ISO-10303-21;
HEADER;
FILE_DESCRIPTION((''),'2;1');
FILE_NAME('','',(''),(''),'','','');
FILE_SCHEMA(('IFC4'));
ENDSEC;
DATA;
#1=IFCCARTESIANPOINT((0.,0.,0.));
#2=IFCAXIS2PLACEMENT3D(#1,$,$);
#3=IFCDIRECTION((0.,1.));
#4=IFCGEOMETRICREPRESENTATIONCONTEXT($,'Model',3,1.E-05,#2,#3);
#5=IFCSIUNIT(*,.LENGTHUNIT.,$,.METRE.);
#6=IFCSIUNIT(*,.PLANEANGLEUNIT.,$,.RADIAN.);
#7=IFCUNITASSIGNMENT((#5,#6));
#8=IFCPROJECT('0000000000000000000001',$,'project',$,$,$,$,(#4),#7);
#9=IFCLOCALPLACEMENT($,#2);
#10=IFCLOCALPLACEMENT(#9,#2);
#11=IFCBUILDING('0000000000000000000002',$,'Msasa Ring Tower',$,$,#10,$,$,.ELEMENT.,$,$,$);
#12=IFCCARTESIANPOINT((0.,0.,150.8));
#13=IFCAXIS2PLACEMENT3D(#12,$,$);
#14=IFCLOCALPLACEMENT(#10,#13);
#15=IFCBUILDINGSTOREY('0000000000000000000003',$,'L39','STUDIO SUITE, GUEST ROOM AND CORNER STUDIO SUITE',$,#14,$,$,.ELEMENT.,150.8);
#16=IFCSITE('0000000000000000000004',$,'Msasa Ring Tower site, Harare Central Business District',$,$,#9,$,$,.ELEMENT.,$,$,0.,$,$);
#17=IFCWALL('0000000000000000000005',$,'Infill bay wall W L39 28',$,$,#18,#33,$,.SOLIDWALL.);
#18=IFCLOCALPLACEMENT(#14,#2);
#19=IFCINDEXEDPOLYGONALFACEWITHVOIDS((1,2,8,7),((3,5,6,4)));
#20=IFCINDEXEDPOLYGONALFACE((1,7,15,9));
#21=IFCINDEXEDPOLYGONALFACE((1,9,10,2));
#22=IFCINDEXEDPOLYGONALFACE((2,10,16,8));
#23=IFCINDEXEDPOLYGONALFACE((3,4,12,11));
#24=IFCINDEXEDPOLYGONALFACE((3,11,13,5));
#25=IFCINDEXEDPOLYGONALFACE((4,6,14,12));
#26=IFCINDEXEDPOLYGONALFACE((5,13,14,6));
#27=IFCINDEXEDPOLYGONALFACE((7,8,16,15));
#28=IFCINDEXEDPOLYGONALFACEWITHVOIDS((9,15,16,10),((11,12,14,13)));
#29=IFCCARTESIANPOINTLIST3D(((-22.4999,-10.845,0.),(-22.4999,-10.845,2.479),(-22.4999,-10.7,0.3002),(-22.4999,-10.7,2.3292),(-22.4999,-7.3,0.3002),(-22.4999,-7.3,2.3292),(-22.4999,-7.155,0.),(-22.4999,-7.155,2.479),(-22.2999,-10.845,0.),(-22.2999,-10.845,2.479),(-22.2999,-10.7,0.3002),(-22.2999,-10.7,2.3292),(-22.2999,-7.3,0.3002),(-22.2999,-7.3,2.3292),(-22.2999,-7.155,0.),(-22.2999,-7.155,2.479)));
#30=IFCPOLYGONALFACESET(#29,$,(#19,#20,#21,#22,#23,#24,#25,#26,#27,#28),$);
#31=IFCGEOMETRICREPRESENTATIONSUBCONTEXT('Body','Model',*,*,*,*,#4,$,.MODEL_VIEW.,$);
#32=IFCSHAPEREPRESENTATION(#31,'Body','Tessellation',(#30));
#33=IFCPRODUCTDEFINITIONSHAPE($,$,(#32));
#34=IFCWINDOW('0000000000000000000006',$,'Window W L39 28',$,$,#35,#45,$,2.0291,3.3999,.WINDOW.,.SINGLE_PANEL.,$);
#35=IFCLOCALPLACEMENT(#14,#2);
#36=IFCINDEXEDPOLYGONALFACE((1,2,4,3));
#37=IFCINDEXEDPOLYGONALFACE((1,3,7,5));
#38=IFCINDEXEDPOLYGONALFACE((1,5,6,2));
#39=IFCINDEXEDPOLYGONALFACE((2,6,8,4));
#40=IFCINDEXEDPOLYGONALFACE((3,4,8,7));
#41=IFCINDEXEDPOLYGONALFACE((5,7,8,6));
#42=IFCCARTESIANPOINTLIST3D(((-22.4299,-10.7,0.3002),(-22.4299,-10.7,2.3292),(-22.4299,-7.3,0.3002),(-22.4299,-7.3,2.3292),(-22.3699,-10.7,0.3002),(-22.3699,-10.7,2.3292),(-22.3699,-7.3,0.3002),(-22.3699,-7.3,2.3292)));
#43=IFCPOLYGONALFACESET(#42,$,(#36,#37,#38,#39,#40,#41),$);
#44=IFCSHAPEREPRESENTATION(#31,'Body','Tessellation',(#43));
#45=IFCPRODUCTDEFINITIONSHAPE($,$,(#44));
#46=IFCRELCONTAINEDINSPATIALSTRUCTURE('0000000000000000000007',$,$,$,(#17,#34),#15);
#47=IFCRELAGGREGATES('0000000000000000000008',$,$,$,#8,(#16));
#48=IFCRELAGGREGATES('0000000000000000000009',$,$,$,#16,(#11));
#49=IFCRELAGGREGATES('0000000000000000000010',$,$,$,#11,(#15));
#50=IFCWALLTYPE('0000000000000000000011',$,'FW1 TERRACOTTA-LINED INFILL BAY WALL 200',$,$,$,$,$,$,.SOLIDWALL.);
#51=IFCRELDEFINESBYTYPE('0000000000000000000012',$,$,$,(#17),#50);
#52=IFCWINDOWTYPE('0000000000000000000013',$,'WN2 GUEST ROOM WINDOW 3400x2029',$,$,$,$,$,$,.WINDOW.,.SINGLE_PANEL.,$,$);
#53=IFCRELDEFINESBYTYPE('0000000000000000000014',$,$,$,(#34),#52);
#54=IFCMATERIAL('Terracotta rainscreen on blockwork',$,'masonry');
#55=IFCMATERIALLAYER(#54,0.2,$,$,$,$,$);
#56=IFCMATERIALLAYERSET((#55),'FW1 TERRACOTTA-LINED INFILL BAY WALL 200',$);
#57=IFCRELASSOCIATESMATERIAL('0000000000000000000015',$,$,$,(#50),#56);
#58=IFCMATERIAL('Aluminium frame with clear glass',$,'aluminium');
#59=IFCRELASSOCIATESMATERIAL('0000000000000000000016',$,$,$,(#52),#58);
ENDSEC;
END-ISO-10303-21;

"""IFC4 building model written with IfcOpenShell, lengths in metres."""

from ifc_helpers import new_model, si_unit, direction, frame, frame_2d, origin, place, context, subcontext, project, spatial, rectangle, extrude, material, layer, layer_set, type_object, element, fill, save


model = new_model("IFC4")

# Units and contexts
model_context = context("Model", 3, precision=1e-05, world=origin(), true_north=direction((0.0, 1.0)))
body_context = subcontext(model_context, "Body", "Model", "MODEL_VIEW")
ifc_project = project(units=[si_unit("LENGTHUNIT", "METRE"), si_unit("PLANEANGLEUNIT", "RADIAN")], contexts=[model_context])

# Site, building, storey
site_placement = place(None, origin())
site = spatial("IfcSite", under=ifc_project, at=site_placement, Name="Msasa Ring Tower site, Harare Central Business District", CompositionType="ELEMENT", RefElevation=0.0)
building_placement = place(site_placement, origin())
building = spatial("IfcBuilding", under=site, at=building_placement, Name="Msasa Ring Tower", CompositionType="ELEMENT")
storey_placement = place(building_placement, frame((0.0, 0.0, 150.8)))
storey = spatial("IfcBuildingStorey", under=building, at=storey_placement, Name="L39", Description="STUDIO SUITE, GUEST ROOM AND CORNER STUDIO SUITE", CompositionType="ELEMENT", Elevation=150.8)

# Wall, opening, window
ifc_material_1 = material(Name="Terracotta rainscreen on blockwork", Category="masonry")
ifc_layer_1 = layer(ifc_material_1, 0.2)
ifc_layer_set_1 = layer_set([ifc_layer_1], Name="FW1 TERRACOTTA-LINED INFILL BAY WALL 200")
wall_type_1 = type_object("IfcWallType", Name="FW1 TERRACOTTA-LINED INFILL BAY WALL 200", PredefinedType="SOLIDWALL", material=ifc_layer_set_1)
ifc_material_2 = material(Name="Aluminium frame with clear glass", Category="aluminium")
window_type = type_object("IfcWindowType", Name="WN2 GUEST ROOM WINDOW 3400x2029", PartitioningType="SINGLE_PANEL", PredefinedType="WINDOW", material=ifc_material_2)
wall_1_placement = place(storey_placement, frame((-22.3999, -10.845, 0.0), z_axis=(0.0, 0.0, 1.0), x_axis=(0.0, 1.0, 0.0)))
wall_1 = element("IfcWall", 1, at=wall_1_placement, inside=storey, type_object=wall_type_1, Name="Infill bay wall W L39 28", PredefinedType="SOLIDWALL", context=body_context, shape_type="SweptSolid", body=[
    extrude(rectangle(XDim=3.6899, YDim=0.2, at=frame_2d((1.845, 0.0))), origin(), (0.0, 0.0, 1.0), 2.479),
])
opening_1_placement = place(wall_1_placement, frame((0.145, 0.0, 0.3)))
opening_1 = element("IfcOpeningElement", 2, at=opening_1_placement, cuts=wall_1, PredefinedType="OPENING", context=body_context, shape_type="SweptSolid", body=[
    extrude(rectangle(XDim=3.3999, YDim=2.0291, at=frame_2d((1.7, 1.0146))), frame((0.0, 0.1099, 0.0), z_axis=(0.0, -1.0, 0.0), x_axis=(1.0, 0.0, 0.0)), (0.0, 0.0, 1.0), 0.22),
])
window_1_placement = place(opening_1_placement, origin())
window_1 = element("IfcWindow", 3, at=window_1_placement, inside=storey, type_object=window_type, Name="Window W L39 28", OverallHeight=2.0291, OverallWidth=3.3999, PartitioningType="SINGLE_PANEL", PredefinedType="WINDOW", context=body_context, shape_type="SweptSolid", body=[
    extrude(rectangle(XDim=3.3999, YDim=2.0291, at=frame_2d((1.7, 1.0146))), frame((0.0, 0.03, 0.0), z_axis=(0.0, -1.0, 0.0), x_axis=(1.0, 0.0, 0.0)), (0.0, 0.0, 1.0), 0.0601),
])
fill(opening_1, window_1)

save(model, "model.ifc")
